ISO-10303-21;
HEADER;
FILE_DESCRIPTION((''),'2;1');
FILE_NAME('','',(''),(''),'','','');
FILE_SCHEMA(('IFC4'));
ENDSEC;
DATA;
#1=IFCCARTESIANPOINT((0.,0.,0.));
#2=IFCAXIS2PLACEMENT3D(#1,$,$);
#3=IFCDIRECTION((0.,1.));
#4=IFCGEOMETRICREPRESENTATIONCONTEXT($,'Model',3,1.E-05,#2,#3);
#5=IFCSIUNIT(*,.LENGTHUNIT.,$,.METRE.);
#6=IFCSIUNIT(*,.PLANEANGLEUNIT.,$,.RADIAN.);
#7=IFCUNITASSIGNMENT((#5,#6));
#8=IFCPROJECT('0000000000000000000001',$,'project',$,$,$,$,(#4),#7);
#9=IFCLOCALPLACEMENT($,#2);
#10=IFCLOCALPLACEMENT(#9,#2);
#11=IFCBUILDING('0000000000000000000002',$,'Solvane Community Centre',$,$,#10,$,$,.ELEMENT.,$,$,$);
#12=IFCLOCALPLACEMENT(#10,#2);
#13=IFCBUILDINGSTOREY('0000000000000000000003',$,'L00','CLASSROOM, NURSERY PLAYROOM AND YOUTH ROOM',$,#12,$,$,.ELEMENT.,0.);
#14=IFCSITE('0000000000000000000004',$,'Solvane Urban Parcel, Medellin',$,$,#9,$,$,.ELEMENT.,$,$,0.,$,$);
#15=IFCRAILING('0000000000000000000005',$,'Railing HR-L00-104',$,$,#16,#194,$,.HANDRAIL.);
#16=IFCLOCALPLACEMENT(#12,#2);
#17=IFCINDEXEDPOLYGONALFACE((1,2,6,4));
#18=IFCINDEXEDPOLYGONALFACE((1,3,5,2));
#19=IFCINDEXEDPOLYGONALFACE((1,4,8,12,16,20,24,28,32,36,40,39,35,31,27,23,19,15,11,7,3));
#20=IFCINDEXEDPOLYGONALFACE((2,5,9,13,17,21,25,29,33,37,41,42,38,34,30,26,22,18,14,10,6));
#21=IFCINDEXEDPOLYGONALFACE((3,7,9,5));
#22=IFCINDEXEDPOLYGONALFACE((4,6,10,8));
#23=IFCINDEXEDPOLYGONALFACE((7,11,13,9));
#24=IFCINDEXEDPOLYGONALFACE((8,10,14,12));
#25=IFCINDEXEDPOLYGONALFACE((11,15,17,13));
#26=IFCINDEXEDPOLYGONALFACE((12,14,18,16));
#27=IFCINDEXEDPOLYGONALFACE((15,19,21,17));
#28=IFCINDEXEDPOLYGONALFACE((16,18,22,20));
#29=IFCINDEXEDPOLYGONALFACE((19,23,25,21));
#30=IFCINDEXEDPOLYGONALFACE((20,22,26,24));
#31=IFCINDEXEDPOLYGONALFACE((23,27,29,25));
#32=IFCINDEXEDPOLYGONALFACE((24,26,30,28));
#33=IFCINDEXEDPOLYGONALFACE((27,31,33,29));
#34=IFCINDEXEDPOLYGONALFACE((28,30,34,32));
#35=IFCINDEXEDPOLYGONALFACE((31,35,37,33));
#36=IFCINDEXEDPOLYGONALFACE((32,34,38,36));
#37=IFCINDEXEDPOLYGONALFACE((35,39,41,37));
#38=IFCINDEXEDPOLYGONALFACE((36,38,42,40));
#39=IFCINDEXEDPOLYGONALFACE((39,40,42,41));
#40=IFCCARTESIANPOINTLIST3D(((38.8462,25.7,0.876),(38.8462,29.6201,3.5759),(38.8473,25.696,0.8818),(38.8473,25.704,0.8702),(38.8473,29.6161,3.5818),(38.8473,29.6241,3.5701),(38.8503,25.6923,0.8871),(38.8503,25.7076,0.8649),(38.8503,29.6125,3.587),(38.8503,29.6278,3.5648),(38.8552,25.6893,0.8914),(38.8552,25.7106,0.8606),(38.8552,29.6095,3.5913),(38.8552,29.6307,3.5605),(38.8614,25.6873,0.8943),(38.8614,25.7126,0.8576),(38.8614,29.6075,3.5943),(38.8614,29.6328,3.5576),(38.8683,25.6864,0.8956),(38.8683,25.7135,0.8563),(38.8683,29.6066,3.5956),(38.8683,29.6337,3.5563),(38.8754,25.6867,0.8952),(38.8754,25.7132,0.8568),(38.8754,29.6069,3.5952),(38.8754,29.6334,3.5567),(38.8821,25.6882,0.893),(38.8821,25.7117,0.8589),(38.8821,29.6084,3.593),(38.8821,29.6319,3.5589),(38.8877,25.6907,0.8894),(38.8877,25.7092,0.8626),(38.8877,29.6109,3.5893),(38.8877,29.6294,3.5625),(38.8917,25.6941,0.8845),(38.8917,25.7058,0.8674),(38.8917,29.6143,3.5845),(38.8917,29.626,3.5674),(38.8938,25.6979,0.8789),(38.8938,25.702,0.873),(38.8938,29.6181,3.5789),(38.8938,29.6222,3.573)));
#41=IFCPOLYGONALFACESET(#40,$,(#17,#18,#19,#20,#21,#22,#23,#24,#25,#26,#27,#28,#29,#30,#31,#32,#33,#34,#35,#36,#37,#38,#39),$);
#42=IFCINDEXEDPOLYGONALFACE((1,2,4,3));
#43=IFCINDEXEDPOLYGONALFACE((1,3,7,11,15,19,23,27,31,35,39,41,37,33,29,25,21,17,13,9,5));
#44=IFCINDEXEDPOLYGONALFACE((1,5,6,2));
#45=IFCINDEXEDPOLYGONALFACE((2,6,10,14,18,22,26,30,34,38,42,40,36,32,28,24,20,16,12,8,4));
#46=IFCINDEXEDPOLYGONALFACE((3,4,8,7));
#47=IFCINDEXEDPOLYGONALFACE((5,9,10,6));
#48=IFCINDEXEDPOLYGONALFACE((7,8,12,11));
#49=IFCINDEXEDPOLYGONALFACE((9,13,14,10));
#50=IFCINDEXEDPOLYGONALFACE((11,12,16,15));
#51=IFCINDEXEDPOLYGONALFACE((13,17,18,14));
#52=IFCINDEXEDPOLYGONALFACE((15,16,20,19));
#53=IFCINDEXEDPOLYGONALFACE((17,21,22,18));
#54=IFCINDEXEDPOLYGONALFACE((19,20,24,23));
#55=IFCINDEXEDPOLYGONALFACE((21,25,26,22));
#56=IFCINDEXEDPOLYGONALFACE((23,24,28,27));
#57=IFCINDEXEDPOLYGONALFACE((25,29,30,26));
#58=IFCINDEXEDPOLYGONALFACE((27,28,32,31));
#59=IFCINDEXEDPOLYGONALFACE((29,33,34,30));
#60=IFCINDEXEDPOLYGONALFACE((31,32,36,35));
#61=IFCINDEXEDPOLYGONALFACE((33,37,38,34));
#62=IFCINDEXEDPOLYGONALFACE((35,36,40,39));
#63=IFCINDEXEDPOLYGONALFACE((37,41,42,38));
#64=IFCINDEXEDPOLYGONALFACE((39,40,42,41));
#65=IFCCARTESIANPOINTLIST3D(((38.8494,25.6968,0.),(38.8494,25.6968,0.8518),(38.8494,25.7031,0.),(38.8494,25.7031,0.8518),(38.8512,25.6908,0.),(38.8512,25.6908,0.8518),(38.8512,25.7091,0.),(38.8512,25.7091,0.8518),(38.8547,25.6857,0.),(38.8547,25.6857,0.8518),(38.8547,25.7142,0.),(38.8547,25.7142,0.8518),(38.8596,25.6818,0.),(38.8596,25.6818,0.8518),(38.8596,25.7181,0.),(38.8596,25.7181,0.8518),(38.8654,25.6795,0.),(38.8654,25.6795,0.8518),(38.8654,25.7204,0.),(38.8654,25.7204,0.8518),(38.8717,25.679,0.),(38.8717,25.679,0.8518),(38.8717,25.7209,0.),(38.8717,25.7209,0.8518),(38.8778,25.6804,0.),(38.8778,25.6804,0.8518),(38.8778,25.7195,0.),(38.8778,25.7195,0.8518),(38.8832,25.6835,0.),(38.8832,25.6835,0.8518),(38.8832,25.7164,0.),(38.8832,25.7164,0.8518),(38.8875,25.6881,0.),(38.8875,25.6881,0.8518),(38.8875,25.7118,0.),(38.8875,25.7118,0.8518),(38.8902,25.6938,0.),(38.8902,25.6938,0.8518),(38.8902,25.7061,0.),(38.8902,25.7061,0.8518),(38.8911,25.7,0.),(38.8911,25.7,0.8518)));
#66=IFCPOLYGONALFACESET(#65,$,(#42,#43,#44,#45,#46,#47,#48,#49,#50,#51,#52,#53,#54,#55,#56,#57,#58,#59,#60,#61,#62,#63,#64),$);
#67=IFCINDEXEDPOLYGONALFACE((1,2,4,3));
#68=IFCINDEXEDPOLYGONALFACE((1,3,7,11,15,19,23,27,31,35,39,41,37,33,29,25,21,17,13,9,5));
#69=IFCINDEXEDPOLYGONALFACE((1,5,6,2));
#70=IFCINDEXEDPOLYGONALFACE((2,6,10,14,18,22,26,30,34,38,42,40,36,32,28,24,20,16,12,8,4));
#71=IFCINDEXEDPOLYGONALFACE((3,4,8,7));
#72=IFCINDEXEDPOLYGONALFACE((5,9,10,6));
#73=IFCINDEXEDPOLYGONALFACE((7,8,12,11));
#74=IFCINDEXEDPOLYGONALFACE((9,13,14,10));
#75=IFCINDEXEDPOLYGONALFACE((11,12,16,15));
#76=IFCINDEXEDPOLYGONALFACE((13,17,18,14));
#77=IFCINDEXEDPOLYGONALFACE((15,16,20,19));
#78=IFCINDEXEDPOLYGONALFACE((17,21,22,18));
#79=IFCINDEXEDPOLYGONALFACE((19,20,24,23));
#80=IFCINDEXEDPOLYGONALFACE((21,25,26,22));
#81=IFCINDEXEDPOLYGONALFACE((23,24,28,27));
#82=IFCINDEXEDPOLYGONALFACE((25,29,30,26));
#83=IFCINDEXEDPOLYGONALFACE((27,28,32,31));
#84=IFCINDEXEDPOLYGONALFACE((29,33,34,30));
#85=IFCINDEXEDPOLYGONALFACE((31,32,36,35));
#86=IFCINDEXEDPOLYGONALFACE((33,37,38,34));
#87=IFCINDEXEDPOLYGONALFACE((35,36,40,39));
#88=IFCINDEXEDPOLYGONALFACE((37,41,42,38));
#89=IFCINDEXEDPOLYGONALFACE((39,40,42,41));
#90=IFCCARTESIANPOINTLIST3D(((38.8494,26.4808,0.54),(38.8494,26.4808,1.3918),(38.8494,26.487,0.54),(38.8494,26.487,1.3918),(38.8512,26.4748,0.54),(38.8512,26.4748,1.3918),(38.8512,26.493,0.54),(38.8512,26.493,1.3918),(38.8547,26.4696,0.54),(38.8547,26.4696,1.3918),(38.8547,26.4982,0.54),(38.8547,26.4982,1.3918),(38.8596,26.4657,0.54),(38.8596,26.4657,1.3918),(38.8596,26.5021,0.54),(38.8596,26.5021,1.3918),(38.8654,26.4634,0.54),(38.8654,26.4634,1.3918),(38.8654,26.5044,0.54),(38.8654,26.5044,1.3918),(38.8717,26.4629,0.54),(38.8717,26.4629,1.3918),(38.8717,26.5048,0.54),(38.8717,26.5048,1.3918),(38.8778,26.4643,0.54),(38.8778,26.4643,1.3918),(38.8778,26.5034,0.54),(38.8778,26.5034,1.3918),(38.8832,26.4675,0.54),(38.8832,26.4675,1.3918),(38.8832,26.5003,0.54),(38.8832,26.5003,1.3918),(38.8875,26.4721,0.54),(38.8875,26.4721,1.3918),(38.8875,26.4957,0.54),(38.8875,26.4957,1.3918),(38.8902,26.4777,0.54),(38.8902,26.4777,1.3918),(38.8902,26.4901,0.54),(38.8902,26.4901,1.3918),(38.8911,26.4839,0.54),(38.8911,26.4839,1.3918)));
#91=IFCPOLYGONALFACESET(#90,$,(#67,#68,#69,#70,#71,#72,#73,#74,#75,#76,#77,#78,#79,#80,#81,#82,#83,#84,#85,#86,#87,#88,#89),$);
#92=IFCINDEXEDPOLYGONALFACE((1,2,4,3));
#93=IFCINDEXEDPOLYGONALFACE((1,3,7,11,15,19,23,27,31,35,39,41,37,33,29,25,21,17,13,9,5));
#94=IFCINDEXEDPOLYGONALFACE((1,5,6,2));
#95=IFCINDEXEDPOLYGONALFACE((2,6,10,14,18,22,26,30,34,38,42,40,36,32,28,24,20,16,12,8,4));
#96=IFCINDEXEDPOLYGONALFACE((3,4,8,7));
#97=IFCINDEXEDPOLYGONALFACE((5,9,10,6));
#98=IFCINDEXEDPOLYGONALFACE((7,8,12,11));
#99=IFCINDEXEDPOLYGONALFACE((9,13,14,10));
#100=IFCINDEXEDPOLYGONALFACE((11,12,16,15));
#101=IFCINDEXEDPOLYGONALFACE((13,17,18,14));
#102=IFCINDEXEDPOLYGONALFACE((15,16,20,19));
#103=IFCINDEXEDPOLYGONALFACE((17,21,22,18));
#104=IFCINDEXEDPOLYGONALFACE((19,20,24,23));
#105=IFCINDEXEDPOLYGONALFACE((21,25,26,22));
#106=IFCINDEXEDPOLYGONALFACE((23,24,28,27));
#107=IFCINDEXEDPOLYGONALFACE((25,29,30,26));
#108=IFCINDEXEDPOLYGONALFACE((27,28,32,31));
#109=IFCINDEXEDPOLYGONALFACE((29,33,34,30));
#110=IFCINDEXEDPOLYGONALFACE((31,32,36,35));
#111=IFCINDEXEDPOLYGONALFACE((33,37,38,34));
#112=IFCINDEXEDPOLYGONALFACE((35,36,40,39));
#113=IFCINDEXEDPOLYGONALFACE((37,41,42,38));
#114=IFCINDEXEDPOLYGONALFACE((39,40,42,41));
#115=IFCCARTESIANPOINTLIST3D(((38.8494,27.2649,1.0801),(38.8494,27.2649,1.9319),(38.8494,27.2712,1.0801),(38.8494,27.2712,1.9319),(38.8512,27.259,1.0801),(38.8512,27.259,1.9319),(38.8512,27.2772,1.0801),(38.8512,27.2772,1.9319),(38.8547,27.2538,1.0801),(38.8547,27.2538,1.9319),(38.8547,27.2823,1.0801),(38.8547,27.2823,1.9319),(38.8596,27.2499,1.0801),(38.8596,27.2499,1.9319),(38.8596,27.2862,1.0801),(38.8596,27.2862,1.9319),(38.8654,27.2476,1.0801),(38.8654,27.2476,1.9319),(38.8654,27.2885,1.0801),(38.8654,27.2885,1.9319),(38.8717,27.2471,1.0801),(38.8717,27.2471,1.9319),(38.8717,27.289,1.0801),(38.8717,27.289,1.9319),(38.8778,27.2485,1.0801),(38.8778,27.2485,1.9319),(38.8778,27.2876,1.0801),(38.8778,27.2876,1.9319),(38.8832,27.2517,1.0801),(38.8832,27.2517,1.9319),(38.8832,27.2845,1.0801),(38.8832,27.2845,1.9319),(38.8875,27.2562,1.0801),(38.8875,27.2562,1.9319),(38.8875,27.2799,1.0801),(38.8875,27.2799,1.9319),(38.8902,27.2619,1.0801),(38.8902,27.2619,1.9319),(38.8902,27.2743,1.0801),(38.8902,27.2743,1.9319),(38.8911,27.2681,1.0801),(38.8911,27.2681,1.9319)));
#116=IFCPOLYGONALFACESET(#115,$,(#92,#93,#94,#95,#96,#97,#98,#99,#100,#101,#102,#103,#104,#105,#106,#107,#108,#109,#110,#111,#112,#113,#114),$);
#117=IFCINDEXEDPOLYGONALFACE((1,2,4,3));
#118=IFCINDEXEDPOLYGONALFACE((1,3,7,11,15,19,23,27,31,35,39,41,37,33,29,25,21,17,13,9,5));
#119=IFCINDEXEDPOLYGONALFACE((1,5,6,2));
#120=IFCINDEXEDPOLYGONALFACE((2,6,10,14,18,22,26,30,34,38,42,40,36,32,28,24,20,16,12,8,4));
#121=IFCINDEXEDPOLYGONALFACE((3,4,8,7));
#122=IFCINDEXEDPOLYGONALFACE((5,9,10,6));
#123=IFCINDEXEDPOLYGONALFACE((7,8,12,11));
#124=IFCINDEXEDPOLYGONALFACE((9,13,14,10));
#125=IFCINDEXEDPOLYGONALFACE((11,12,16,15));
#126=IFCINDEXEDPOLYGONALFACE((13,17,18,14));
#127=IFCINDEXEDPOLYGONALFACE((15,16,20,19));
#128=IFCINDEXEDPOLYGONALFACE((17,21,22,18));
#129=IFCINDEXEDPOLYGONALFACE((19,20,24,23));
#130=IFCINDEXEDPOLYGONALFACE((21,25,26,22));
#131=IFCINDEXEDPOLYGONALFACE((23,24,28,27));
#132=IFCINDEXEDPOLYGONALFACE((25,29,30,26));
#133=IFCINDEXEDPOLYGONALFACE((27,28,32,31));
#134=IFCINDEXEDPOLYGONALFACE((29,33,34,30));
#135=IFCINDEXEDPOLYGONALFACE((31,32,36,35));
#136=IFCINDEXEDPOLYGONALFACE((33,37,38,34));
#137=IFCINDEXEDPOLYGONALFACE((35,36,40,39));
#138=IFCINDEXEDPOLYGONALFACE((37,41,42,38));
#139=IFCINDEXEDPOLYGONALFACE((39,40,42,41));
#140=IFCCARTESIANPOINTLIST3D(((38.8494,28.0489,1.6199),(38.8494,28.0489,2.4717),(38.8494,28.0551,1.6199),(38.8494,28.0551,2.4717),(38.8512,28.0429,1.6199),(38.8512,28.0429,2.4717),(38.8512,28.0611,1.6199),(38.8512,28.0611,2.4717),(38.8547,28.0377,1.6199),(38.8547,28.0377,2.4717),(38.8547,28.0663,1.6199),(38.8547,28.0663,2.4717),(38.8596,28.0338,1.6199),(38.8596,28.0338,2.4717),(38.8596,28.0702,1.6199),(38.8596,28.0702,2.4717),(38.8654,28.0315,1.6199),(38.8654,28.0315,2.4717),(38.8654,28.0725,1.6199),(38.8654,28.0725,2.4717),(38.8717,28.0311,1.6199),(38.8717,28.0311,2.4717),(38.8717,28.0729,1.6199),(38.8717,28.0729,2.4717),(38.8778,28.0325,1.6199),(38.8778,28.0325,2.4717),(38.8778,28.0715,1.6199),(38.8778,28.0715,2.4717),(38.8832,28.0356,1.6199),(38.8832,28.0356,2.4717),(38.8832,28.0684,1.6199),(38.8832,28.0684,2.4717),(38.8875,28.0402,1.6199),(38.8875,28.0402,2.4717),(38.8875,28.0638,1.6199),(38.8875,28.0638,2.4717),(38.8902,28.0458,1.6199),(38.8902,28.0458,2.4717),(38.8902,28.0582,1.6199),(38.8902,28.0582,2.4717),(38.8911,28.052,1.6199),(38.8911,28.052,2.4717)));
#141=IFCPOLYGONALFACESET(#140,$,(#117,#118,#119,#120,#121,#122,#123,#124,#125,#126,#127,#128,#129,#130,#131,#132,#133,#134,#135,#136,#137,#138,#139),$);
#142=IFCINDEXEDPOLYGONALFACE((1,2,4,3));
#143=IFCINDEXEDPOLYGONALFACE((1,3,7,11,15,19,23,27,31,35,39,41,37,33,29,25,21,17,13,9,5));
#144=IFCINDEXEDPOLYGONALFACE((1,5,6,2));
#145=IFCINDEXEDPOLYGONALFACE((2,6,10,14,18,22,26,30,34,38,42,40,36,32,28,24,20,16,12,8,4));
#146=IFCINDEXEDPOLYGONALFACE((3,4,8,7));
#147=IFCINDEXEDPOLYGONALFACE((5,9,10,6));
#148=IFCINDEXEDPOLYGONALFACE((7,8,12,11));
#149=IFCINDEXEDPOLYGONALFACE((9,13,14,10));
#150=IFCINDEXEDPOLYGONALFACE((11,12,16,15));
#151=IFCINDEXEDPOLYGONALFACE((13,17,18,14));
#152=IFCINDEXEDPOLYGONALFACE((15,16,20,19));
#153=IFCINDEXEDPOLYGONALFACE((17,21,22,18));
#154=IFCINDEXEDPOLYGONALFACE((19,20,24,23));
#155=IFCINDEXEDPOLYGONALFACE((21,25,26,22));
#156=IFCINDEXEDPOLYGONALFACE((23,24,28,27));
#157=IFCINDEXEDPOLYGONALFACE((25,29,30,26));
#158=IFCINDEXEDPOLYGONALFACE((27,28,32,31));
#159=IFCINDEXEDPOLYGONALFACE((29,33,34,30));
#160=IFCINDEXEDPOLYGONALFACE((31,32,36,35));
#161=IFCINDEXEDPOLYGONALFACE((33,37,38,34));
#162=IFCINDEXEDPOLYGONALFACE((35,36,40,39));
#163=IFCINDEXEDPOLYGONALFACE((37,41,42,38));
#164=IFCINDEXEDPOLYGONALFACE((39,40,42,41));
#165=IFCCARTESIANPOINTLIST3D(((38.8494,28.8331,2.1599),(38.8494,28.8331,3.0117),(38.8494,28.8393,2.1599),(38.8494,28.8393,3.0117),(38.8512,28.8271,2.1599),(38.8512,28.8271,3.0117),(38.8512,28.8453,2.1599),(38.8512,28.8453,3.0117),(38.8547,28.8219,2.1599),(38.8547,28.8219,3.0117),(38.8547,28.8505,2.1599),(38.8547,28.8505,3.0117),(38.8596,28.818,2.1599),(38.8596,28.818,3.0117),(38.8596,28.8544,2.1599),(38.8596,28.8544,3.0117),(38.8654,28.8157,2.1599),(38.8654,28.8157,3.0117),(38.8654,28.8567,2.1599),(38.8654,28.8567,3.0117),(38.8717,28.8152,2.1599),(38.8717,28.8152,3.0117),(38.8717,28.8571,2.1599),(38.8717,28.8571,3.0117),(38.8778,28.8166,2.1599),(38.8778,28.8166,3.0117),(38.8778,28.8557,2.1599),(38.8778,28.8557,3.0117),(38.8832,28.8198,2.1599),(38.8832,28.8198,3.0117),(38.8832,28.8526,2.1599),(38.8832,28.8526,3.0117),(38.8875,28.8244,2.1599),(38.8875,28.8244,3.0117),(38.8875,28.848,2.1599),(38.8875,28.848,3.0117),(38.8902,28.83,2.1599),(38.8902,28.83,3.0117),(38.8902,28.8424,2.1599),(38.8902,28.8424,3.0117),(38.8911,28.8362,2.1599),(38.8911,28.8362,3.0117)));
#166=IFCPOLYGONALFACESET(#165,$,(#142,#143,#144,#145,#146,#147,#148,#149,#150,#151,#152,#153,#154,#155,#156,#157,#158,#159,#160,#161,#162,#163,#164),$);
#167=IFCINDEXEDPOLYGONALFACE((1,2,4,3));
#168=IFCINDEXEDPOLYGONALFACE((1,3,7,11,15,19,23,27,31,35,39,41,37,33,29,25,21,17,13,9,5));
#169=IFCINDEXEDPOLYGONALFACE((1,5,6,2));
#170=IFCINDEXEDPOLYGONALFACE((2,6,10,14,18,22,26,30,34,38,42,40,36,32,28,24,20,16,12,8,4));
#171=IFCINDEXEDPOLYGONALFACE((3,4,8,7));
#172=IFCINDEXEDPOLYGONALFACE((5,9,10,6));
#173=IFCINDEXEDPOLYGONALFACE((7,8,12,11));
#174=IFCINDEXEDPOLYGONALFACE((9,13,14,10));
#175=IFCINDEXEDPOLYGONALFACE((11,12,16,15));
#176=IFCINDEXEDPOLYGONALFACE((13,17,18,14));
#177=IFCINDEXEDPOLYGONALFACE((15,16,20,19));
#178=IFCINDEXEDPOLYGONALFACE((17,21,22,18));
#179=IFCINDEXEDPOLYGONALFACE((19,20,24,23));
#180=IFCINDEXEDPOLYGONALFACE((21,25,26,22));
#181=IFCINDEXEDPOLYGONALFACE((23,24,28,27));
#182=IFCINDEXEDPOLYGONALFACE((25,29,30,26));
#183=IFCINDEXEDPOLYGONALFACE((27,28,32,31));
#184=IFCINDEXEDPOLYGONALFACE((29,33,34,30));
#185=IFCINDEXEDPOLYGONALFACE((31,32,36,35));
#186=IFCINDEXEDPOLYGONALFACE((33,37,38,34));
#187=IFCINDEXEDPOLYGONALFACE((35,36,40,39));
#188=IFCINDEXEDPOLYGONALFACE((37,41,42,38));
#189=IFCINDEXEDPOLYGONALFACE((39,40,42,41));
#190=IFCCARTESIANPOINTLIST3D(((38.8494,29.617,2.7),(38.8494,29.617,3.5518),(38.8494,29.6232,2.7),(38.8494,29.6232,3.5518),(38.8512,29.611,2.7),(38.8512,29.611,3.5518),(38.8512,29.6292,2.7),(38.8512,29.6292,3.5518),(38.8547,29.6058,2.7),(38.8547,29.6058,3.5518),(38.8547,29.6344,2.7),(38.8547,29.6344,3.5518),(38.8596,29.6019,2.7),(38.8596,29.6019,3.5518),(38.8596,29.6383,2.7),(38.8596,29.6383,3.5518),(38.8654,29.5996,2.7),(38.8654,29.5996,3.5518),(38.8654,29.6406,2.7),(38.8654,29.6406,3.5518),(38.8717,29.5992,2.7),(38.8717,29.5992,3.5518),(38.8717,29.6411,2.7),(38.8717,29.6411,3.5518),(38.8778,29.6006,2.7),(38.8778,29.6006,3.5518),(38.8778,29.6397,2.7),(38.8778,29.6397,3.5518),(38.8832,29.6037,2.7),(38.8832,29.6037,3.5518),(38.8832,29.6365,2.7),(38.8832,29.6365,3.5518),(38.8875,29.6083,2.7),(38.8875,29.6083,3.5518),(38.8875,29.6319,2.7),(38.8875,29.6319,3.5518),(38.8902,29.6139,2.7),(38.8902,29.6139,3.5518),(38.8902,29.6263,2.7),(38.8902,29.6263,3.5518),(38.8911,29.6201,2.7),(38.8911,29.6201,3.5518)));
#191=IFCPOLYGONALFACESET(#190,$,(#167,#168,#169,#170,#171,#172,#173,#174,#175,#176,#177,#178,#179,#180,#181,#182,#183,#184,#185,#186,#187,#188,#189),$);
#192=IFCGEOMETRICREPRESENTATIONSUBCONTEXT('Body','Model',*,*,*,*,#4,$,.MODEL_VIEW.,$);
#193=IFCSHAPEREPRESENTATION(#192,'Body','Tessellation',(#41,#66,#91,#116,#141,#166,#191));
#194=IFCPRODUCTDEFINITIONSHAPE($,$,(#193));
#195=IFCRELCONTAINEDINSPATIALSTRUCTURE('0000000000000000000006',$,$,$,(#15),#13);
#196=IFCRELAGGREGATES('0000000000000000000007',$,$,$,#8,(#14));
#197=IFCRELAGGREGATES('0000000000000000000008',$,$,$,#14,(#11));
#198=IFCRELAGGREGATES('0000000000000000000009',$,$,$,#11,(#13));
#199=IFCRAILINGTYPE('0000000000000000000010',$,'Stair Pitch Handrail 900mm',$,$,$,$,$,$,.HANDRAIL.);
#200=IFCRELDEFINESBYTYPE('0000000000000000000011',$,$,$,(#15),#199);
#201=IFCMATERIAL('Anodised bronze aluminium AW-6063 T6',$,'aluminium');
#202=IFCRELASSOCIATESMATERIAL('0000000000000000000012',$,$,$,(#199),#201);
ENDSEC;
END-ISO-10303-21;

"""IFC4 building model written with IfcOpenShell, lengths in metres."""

from ifc_helpers import new_model, si_unit, direction, frame, origin, origin_2d, place, context, subcontext, project, spatial, circle, extrude, material, type_object, element, save


model = new_model("IFC4")

# Units and contexts
model_context = context("Model", 3, precision=1e-05, world=origin(), true_north=direction((0.0, 1.0)))
body_context = subcontext(model_context, "Body", "Model", "MODEL_VIEW")
ifc_project = project(units=[si_unit("LENGTHUNIT", "METRE"), si_unit("PLANEANGLEUNIT", "RADIAN")], contexts=[model_context])

# Site, building, storey
site_placement = place(None, origin())
site = spatial("IfcSite", under=ifc_project, at=site_placement, Name="Solvane Urban Parcel, Medellin", CompositionType="ELEMENT", RefElevation=0.0)
building_placement = place(site_placement, origin())
building = spatial("IfcBuilding", under=site, at=building_placement, Name="Solvane Community Centre", CompositionType="ELEMENT")
storey_placement = place(building_placement, origin())
storey = spatial("IfcBuildingStorey", under=building, at=storey_placement, Name="L00", Description="CLASSROOM, NURSERY PLAYROOM AND YOUTH ROOM", CompositionType="ELEMENT", Elevation=0.0)

# Shared definitions
ifc_material_1 = material(Name="Anodised bronze aluminium AW-6063 T6", Category="aluminium")

# Railing
railing_type = type_object("IfcRailingType", Name="Stair Pitch Handrail 900mm", PredefinedType="HANDRAIL", material=ifc_material_1)
railing_1_placement = place(storey_placement, frame((38.8701, 25.7, 0.0)))
element("IfcRailing", 1, at=railing_1_placement, inside=storey, type_object=railing_type, Name="Railing HR-L00-104", PredefinedType="HANDRAIL", context=body_context, shape_type="SweptSolid", body=[
    extrude(circle(Radius=0.0239, at=origin_2d()), frame((0.0, 0.0, 0.876), z_axis=(0.0, 0.823567, 0.567219), x_axis=(-1.0, 0.0, 0.0)), (0.0, 0.0, 1.0), 4.76),
    extrude(circle(Radius=0.021, at=origin_2d()), origin(), (0.0, 0.0, 1.0), 0.8518),
    extrude(circle(Radius=0.021, at=origin_2d()), frame((0.0, 0.7839, 0.54)), (0.0, 0.0, 1.0), 0.8518),
    extrude(circle(Radius=0.021, at=origin_2d()), frame((0.0, 1.5681, 1.0801)), (0.0, 0.0, 1.0), 0.8518),
    extrude(circle(Radius=0.021, at=origin_2d()), frame((0.0, 2.3521, 1.6199)), (0.0, 0.0, 1.0), 0.8518),
    extrude(circle(Radius=0.021, at=origin_2d()), frame((0.0, 3.1362, 2.1599)), (0.0, 0.0, 1.0), 0.8518),
    extrude(circle(Radius=0.021, at=origin_2d()), frame((0.0, 3.9202, 2.7)), (0.0, 0.0, 1.0), 0.8518),
])

save(model, "model.ifc")
